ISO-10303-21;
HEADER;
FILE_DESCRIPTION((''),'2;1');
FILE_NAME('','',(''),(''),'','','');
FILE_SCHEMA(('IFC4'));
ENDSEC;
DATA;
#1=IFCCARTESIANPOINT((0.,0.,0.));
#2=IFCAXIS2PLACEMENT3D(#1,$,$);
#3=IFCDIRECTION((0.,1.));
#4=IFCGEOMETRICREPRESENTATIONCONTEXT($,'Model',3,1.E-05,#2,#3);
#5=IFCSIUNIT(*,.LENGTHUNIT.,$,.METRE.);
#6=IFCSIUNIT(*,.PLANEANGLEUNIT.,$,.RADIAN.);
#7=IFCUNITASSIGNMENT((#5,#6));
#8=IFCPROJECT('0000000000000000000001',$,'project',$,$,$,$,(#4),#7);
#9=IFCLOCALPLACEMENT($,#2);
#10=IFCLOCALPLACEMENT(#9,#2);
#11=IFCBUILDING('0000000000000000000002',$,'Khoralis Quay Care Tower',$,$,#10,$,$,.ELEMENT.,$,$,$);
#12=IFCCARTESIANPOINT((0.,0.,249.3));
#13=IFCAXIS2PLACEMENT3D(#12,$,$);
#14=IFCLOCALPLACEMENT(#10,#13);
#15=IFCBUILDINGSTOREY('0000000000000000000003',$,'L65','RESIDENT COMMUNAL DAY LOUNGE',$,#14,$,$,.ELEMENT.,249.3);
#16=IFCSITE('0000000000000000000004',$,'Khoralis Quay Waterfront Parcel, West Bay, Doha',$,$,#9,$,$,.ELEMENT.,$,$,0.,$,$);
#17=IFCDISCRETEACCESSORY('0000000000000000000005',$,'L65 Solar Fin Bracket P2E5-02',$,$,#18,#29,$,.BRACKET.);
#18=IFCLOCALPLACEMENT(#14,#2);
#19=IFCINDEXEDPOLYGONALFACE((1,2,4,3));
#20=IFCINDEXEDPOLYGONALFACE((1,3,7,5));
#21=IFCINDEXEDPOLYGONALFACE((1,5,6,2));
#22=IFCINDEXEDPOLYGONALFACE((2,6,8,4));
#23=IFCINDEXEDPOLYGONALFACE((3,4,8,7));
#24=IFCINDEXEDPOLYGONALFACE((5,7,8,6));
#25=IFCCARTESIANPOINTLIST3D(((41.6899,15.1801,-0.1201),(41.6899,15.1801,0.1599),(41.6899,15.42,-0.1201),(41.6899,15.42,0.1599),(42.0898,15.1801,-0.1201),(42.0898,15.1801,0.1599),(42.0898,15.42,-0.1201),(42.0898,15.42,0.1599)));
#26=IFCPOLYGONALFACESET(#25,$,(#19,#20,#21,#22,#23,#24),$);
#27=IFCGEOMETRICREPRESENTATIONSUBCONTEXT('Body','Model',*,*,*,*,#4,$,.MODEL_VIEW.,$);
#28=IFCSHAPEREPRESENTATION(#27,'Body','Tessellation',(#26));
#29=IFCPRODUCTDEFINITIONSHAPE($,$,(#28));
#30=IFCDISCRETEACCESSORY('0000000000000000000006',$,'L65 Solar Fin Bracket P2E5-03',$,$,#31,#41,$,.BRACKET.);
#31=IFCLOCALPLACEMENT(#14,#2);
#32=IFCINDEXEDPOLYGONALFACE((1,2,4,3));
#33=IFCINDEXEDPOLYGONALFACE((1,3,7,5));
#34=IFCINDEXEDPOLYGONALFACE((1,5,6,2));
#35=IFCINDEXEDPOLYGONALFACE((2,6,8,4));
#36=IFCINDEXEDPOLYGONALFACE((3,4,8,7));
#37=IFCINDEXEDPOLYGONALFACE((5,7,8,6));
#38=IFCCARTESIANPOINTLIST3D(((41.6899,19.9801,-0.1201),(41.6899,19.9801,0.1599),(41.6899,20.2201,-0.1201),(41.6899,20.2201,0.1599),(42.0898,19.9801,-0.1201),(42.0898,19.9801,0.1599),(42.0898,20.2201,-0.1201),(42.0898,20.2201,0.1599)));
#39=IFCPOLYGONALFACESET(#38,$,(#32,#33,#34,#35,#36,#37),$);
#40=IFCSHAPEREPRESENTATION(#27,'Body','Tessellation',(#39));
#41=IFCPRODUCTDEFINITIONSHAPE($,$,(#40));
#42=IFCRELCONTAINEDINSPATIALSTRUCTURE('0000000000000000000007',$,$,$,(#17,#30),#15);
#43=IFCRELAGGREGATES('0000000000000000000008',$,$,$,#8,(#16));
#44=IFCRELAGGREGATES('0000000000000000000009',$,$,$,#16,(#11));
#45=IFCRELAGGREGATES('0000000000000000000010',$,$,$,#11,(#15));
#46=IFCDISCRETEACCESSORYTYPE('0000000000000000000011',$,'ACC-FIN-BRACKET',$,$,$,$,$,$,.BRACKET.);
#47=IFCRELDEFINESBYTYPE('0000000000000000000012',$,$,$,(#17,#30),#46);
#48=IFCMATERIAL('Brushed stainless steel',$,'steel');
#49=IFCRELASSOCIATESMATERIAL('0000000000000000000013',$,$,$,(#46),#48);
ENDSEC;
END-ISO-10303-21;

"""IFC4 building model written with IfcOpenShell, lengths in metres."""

from ifc_helpers import new_model, si_unit, direction, frame, origin, origin_2d, place, context, subcontext, project, spatial, rectangle, extrude, source, transform, mapped, material, type_object, element, save


model = new_model("IFC4")

# Units and contexts
model_context = context("Model", 3, precision=1e-05, world=origin(), true_north=direction((0.0, 1.0)))
body_context = subcontext(model_context, "Body", "Model", "MODEL_VIEW")
ifc_project = project(units=[si_unit("LENGTHUNIT", "METRE"), si_unit("PLANEANGLEUNIT", "RADIAN")], contexts=[model_context])

# Site, building, storey
site_placement = place(None, origin())
site = spatial("IfcSite", under=ifc_project, at=site_placement, Name="Khoralis Quay Waterfront Parcel, West Bay, Doha", CompositionType="ELEMENT", RefElevation=0.0)
building_placement = place(site_placement, origin())
building = spatial("IfcBuilding", under=site, at=building_placement, Name="Khoralis Quay Care Tower", CompositionType="ELEMENT")
storey_placement = place(building_placement, frame((0.0, 0.0, 249.3)))
storey = spatial("IfcBuildingStorey", under=building, at=storey_placement, Name="L65", Description="RESIDENT COMMUNAL DAY LOUNGE", CompositionType="ELEMENT", Elevation=249.3)

# Discrete accessories
ifc_material_1 = material(Name="Brushed stainless steel", Category="steel")
discrete_accessory_type = type_object("IfcDiscreteAccessoryType", Name="ACC-FIN-BRACKET", PredefinedType="BRACKET", material=ifc_material_1)
shared_shape_1 = source(origin(), body_context, "Body", "SweptSolid", [
    extrude(rectangle(XDim=0.3999, YDim=0.24, at=origin_2d()), origin(), (0.0, 0.0, 1.0), 0.28),
])
for number, where, z_axis, x_axis, name in (
    (1, (41.8899, 15.3, -0.1201), (0.0, 0.0, 1.0), (1.0, 0.0, 0.0), "L65 Solar Fin Bracket P2E5-02"),
    (2, (41.8899, 20.1001, -0.1201), (0.0, 0.0, 1.0), (1.0, 0.0, 0.0), "L65 Solar Fin Bracket P2E5-03"),
):
    element("IfcDiscreteAccessory", number, at=place(storey_placement, frame(where, z_axis=z_axis, x_axis=x_axis)), inside=storey, type_object=discrete_accessory_type, Name=name, PredefinedType="BRACKET", context=body_context, shape_type="MappedRepresentation", body=[
        mapped(shared_shape_1, transform((0.0, 0.0, 0.0), scale=1.0)),
    ])

save(model, "model.ifc")
